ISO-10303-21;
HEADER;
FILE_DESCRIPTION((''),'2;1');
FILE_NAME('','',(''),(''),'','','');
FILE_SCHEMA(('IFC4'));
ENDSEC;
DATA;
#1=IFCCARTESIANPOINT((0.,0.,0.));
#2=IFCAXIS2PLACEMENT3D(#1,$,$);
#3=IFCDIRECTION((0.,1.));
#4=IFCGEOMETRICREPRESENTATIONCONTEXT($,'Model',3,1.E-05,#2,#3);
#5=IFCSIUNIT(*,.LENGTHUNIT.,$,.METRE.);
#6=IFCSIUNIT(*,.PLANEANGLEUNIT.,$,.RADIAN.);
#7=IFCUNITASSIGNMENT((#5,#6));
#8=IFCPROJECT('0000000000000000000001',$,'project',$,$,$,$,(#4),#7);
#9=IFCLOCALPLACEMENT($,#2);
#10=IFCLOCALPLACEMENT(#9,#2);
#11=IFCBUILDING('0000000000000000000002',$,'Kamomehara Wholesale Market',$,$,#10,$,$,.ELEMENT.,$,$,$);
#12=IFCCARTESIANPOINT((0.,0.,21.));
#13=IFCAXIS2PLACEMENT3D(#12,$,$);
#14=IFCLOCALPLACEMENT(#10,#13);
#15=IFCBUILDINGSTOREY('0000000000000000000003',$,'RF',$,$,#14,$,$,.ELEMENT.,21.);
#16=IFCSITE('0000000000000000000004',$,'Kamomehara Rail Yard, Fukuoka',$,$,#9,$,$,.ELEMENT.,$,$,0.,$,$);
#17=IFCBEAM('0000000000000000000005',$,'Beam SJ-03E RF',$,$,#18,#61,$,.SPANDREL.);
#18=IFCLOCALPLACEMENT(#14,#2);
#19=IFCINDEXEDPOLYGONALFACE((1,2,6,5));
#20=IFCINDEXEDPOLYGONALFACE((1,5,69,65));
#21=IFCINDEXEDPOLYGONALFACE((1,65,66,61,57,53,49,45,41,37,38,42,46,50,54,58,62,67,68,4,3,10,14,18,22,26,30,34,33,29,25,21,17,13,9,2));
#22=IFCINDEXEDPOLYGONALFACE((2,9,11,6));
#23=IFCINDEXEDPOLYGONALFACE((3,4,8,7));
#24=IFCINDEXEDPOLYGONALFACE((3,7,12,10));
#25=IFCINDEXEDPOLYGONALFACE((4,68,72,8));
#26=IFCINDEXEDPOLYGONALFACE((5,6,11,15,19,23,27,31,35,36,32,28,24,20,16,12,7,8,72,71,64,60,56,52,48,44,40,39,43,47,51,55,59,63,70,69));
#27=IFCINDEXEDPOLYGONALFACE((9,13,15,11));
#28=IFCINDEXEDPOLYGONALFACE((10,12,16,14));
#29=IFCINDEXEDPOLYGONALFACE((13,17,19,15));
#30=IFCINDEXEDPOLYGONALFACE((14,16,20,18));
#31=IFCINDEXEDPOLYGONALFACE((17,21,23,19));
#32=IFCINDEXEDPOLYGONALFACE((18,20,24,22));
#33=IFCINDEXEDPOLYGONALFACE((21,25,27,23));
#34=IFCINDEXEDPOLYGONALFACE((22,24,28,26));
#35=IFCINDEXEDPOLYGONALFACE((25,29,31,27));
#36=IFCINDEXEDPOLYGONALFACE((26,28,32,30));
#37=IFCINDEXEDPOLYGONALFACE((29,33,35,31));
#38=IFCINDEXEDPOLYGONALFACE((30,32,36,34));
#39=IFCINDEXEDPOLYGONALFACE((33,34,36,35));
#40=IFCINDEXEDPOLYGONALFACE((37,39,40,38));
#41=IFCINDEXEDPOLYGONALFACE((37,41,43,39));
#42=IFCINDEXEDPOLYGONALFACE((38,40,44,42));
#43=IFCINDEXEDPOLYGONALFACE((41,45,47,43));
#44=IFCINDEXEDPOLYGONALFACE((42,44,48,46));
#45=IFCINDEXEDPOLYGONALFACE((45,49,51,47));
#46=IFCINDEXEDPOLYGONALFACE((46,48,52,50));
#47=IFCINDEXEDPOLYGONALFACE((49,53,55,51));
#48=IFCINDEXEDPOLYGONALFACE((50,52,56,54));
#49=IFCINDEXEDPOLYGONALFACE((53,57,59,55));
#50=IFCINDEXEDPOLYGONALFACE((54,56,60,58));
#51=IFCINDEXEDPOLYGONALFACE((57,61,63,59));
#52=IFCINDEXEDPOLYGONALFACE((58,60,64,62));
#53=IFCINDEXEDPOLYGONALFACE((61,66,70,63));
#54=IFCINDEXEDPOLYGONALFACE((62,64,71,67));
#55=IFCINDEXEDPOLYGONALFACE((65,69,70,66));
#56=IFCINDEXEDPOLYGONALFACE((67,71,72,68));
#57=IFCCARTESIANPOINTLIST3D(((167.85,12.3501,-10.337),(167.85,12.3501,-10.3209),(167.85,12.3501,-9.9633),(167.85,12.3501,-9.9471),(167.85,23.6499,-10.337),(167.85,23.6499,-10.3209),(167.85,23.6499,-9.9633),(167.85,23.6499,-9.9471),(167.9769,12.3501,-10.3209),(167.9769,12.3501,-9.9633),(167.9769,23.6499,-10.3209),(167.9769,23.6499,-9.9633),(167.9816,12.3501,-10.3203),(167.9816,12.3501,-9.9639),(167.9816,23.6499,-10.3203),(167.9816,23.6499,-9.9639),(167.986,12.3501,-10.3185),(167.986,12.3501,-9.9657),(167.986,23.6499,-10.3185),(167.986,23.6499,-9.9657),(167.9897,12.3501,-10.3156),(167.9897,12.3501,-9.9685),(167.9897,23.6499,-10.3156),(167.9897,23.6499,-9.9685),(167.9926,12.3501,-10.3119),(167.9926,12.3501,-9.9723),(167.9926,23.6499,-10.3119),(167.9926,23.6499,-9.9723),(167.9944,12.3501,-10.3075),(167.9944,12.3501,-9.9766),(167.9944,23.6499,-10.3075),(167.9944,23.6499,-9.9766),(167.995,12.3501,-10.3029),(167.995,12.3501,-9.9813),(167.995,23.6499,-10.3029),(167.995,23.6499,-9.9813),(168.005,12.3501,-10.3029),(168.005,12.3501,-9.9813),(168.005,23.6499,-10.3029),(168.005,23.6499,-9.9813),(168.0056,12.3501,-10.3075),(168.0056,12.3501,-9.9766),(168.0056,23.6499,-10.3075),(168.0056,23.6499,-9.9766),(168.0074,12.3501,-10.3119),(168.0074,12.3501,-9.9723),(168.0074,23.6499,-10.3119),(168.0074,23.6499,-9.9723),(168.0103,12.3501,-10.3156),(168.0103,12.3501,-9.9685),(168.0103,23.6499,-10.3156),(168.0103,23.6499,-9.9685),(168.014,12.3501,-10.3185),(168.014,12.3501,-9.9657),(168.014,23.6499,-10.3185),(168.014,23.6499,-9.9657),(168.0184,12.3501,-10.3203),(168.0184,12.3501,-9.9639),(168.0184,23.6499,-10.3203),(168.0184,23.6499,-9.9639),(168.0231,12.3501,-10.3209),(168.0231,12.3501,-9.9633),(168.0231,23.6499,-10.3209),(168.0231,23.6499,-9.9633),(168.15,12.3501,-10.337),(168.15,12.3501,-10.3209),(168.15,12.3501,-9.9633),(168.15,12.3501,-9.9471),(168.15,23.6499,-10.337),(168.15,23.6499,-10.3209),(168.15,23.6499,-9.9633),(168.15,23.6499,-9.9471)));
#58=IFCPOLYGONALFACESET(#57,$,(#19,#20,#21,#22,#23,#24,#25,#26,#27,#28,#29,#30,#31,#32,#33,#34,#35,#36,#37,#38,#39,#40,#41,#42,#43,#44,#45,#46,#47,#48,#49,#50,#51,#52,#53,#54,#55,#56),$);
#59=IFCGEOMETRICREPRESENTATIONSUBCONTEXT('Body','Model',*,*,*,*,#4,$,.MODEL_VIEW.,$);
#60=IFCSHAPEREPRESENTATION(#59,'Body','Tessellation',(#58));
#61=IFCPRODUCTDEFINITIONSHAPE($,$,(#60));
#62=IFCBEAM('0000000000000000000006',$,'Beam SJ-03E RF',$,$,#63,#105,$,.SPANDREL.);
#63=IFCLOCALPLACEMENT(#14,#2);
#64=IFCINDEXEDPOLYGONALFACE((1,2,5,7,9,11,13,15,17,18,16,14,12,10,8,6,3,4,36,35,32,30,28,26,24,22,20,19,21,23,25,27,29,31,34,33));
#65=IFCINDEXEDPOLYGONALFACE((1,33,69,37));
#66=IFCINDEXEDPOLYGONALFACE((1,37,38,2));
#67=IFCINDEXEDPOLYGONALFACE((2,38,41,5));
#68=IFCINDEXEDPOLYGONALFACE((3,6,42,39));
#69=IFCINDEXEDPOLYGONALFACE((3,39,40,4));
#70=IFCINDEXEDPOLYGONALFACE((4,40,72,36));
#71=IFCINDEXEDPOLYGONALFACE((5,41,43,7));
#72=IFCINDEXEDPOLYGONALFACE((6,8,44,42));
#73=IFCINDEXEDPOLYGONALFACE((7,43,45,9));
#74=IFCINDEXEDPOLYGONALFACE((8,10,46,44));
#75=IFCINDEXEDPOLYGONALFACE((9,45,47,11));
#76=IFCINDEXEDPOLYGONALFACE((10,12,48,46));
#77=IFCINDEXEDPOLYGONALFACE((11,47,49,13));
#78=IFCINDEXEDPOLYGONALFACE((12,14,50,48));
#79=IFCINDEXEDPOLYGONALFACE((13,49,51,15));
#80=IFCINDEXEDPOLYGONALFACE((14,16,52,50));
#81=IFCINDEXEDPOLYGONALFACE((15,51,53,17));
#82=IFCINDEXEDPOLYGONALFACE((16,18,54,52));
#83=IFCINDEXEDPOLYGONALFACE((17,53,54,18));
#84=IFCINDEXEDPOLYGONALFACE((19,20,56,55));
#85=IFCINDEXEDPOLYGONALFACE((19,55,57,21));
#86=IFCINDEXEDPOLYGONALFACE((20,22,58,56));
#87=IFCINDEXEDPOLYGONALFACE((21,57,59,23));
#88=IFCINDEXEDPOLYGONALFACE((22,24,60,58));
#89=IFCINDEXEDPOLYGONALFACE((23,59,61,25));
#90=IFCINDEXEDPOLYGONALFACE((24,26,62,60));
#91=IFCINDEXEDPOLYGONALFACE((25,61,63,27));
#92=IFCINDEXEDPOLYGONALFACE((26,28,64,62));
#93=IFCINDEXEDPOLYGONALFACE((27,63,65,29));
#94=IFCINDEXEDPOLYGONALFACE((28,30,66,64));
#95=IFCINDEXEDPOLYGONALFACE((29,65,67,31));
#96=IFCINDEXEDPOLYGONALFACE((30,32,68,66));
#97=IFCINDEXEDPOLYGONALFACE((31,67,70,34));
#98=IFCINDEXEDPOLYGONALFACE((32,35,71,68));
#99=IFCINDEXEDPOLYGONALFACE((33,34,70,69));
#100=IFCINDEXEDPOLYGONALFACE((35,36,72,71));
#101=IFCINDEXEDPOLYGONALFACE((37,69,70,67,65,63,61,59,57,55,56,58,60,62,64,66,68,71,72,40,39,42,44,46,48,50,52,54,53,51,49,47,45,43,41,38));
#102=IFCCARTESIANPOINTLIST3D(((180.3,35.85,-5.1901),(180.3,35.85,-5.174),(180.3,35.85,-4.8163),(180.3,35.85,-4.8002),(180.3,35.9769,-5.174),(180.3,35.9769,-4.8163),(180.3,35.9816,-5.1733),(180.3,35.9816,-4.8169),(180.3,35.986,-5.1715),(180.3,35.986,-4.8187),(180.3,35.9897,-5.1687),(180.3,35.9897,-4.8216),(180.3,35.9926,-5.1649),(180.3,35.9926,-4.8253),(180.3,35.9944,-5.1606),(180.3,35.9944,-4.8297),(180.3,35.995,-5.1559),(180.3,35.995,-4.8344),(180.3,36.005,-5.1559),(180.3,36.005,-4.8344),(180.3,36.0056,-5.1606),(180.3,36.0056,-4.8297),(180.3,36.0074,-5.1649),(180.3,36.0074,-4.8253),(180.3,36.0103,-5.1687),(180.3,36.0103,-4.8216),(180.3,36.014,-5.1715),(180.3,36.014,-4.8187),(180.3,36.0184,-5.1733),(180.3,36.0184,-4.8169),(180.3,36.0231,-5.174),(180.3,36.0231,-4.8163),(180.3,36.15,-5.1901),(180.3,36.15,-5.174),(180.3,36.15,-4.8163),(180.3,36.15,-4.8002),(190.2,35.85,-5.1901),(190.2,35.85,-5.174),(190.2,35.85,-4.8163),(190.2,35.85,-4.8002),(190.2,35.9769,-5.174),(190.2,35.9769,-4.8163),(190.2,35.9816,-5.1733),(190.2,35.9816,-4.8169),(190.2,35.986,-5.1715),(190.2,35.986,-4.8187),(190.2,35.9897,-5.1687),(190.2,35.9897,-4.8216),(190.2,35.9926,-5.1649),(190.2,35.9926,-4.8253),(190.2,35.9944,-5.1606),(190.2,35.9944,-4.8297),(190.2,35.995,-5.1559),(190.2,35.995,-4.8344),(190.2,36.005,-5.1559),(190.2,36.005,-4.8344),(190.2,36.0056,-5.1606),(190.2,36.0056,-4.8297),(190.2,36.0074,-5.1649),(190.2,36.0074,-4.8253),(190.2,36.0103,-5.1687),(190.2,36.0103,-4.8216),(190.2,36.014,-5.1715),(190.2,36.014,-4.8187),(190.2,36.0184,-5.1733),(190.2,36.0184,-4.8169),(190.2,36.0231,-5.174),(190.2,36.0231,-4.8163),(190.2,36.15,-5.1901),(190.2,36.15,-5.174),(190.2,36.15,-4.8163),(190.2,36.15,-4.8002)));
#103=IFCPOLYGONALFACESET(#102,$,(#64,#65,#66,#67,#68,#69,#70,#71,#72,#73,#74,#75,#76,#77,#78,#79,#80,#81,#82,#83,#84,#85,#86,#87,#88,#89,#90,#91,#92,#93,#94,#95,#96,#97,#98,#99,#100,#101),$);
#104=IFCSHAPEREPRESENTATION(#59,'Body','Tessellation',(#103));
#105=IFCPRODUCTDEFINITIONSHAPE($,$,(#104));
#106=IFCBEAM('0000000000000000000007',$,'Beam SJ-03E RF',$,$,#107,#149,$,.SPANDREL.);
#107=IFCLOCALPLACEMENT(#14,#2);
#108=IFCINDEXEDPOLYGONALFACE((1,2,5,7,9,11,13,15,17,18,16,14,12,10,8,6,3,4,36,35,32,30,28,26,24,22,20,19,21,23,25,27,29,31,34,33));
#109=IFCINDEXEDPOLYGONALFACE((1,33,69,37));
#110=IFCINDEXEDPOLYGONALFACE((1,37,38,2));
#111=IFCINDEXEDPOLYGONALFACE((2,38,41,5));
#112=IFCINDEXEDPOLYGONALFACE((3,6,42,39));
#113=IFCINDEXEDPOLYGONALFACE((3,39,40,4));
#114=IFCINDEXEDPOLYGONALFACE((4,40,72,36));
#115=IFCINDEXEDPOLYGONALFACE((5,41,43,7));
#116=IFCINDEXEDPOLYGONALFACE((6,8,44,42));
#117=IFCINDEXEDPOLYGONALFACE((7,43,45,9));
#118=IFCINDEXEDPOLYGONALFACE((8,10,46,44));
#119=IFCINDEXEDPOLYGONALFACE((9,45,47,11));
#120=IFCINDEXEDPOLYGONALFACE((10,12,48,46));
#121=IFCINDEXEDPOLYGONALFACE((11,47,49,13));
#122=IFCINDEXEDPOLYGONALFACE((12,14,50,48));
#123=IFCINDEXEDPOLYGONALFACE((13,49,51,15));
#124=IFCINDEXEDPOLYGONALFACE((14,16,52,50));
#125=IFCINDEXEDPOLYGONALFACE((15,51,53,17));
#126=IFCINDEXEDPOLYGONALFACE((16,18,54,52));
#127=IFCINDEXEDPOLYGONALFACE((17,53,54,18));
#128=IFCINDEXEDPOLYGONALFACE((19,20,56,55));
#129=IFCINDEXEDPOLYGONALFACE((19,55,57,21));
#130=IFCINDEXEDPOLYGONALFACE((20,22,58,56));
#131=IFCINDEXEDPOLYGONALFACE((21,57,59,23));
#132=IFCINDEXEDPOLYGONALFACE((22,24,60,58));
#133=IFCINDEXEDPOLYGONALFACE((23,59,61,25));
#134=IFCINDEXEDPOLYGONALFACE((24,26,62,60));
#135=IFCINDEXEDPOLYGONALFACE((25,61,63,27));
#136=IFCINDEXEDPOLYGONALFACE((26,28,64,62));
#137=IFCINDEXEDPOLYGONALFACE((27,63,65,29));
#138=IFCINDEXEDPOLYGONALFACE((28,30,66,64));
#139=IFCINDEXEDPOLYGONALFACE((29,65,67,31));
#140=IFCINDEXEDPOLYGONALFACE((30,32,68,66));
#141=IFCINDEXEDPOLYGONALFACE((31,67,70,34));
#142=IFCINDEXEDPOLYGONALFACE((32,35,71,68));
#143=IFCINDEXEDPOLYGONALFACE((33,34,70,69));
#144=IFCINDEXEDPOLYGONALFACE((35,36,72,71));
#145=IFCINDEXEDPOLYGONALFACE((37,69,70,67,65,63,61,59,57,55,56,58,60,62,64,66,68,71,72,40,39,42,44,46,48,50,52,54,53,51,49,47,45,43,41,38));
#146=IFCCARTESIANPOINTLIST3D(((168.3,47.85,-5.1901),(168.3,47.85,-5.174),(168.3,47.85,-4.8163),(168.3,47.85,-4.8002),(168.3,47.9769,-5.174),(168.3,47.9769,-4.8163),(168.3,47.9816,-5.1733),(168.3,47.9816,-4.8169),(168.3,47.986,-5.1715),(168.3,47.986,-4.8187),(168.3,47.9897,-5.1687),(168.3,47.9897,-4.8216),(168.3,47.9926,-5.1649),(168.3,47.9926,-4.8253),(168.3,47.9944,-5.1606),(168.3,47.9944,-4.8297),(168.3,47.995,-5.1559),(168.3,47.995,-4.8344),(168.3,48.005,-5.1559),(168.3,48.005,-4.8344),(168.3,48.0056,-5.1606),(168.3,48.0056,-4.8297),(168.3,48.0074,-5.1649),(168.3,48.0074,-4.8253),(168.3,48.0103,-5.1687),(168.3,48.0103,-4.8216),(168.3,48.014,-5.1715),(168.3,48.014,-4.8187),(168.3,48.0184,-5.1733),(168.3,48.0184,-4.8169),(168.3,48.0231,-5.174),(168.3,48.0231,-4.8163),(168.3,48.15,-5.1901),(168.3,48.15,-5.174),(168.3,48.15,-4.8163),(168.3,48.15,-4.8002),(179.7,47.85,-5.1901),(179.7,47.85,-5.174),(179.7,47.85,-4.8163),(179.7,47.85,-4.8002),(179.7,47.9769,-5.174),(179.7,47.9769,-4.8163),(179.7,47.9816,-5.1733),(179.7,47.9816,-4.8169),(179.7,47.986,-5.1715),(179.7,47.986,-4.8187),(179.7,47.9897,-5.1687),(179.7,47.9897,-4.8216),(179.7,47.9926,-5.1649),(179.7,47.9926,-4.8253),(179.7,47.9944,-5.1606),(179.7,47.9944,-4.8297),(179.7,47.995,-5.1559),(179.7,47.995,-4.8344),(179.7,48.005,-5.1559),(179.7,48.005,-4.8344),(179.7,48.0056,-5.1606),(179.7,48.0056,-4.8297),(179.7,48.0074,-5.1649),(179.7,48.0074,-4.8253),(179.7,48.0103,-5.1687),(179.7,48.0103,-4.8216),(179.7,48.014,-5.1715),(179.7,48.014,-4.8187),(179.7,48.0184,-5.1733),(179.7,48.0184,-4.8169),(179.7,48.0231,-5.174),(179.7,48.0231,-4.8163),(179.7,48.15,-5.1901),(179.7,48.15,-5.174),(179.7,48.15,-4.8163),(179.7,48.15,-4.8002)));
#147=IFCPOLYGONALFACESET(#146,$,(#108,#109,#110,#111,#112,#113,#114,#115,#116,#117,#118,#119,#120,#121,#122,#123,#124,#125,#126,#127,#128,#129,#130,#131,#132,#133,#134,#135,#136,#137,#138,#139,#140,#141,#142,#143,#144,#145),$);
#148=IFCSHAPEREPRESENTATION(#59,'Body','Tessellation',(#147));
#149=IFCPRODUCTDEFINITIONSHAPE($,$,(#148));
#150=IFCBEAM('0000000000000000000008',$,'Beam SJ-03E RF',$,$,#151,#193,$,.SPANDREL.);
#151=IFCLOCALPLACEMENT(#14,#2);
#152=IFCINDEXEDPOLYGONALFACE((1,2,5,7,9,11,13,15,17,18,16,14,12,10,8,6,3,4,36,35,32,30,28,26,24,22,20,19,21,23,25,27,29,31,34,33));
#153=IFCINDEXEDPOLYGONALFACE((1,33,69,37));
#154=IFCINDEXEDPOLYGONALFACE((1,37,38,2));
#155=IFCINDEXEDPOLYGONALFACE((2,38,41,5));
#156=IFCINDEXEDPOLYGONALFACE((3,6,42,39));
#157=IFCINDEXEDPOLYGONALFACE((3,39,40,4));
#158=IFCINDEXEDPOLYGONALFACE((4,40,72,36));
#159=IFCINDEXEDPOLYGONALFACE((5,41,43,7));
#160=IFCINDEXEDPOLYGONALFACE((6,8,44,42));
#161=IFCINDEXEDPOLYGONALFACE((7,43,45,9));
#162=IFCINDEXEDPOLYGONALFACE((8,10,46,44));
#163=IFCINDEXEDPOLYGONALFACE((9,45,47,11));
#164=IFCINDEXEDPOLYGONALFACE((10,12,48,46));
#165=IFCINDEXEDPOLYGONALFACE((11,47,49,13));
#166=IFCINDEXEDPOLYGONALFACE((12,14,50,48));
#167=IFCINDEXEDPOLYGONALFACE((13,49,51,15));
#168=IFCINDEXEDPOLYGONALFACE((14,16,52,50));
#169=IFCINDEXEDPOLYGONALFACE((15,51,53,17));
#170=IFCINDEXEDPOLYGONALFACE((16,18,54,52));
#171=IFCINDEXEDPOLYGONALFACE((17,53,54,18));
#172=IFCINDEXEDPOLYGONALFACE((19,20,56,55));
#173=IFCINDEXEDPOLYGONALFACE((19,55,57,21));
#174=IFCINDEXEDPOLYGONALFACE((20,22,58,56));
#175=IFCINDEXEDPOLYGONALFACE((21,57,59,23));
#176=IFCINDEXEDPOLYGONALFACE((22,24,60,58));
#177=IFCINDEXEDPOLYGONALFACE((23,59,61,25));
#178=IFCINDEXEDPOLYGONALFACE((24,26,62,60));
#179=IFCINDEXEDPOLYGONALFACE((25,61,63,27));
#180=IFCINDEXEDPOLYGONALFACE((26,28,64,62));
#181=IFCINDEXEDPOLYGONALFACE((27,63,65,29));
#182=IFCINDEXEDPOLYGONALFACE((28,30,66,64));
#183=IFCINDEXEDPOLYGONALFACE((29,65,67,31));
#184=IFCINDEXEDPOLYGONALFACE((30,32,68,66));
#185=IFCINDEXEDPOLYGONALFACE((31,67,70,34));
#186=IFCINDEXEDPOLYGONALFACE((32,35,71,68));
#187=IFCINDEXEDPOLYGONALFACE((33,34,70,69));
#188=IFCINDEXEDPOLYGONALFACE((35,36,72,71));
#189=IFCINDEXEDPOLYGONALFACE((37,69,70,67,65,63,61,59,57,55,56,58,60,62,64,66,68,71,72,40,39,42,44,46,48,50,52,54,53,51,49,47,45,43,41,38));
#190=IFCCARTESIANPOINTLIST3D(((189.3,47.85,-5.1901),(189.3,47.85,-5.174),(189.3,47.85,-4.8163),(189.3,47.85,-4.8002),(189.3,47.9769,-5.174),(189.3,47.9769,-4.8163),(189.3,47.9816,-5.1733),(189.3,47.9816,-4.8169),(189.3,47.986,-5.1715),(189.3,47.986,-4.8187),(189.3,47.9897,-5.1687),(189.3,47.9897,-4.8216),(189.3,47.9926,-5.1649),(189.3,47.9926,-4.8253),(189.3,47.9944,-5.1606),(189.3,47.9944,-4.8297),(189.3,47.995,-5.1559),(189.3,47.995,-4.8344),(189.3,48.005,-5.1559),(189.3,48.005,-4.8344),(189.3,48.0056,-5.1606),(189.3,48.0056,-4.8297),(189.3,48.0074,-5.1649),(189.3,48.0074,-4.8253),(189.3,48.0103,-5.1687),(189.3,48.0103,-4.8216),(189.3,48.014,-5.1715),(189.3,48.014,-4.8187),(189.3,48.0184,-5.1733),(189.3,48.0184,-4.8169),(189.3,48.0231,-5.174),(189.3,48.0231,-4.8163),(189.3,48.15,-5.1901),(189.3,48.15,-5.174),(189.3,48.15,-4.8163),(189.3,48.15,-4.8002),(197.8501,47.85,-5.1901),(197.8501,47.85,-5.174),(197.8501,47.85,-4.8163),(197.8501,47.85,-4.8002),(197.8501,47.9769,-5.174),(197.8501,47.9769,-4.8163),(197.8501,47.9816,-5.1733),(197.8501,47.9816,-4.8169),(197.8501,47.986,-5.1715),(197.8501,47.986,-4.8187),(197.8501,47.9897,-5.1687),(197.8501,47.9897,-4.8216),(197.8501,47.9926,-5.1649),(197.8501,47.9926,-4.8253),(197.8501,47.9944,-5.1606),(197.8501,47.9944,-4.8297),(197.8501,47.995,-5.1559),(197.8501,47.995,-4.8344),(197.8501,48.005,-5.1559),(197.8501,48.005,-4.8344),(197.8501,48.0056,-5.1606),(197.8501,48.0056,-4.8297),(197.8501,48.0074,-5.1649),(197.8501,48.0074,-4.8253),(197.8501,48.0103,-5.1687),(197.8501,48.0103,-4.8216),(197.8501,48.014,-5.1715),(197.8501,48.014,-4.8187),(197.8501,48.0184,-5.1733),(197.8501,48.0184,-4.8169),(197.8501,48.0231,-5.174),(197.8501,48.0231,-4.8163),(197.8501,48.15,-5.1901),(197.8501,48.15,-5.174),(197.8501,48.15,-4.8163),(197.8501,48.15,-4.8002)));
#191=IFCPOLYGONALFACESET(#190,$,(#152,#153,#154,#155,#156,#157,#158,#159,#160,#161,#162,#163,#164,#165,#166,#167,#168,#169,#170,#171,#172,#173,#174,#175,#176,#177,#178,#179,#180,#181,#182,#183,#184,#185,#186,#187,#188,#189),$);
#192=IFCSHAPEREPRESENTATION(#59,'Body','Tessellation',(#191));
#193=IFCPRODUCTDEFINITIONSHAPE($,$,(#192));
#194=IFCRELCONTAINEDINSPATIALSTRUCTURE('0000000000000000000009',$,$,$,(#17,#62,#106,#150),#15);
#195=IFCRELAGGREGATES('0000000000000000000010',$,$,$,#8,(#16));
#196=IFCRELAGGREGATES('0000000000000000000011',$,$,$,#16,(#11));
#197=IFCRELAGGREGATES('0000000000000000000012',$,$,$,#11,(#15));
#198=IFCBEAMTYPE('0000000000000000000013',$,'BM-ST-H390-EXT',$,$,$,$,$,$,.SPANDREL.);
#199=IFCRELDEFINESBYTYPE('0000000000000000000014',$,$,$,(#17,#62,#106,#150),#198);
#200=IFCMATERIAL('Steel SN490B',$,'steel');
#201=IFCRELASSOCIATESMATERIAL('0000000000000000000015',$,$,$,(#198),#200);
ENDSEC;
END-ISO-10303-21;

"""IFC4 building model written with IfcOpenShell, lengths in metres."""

from ifc_helpers import new_model, si_unit, direction, frame, origin, origin_2d, place, context, subcontext, project, spatial, i_section, extrude, material, material_profile, profile_set, type_object, element, save


model = new_model("IFC4")

# Units and contexts
model_context = context("Model", 3, precision=1e-05, world=origin(), true_north=direction((0.0, 1.0)))
body_context = subcontext(model_context, "Body", "Model", "MODEL_VIEW")
ifc_project = project(units=[si_unit("LENGTHUNIT", "METRE"), si_unit("PLANEANGLEUNIT", "RADIAN")], contexts=[model_context])

# Site, building, storey
site_placement = place(None, origin())
site = spatial("IfcSite", under=ifc_project, at=site_placement, Name="Kamomehara Rail Yard, Fukuoka", CompositionType="ELEMENT", RefElevation=0.0)
building_placement = place(site_placement, origin())
building = spatial("IfcBuilding", under=site, at=building_placement, Name="Kamomehara Wholesale Market", CompositionType="ELEMENT")
storey_placement = place(building_placement, frame((0.0, 0.0, 21.0)))
storey = spatial("IfcBuildingStorey", under=building, at=storey_placement, Name="RF", CompositionType="ELEMENT", Elevation=21.0)

# Beams
ifc_material_1 = material(Name="Steel SN490B", Category="steel")
ifc_material_profile_1 = material_profile(ifc_material_1, i_section(OverallWidth=0.3, OverallDepth=0.3899, WebThickness=0.01, FlangeThickness=0.0161, FilletRadius=0.0181, at=origin_2d()), Name="H-390x300x10x16")
ifc_profile_set_1 = profile_set([ifc_material_profile_1], Name="Steel SN490B")
beam_type_1 = type_object("IfcBeamType", Name="BM-ST-H390-EXT", PredefinedType="SPANDREL", material=ifc_profile_set_1)
beam_1_placement = place(storey_placement, frame((168.0, 12.3501, -10.1421), z_axis=(0.0, 1.0, 0.0), x_axis=(-1.0, 0.0, 0.0)))
element("IfcBeam", 1, at=beam_1_placement, inside=storey, type_object=beam_type_1, Name="Beam SJ-03E RF", PredefinedType="SPANDREL", context=body_context, shape_type="SweptSolid", body=[
    extrude(i_section(OverallWidth=0.3, OverallDepth=0.3899, WebThickness=0.01, FlangeThickness=0.0161, FilletRadius=0.0181, at=origin_2d()), origin(), (0.0, 0.0, 1.0), 11.2998),
])
beam_2_placement = place(storey_placement, frame((180.3, 36.0, -4.9951), z_axis=(1.0, 0.0, 0.0), x_axis=(0.0, 1.0, 0.0)))
element("IfcBeam", 2, at=beam_2_placement, inside=storey, type_object=beam_type_1, Name="Beam SJ-03E RF", PredefinedType="SPANDREL", context=body_context, shape_type="SweptSolid", body=[
    extrude(i_section(OverallWidth=0.3, OverallDepth=0.3899, WebThickness=0.01, FlangeThickness=0.0161, FilletRadius=0.0181, at=origin_2d()), origin(), (0.0, 0.0, 1.0), 9.8999),
])
beam_3_placement = place(storey_placement, frame((168.3, 48.0, -4.9951), z_axis=(1.0, 0.0, 0.0), x_axis=(0.0, 1.0, 0.0)))
element("IfcBeam", 3, at=beam_3_placement, inside=storey, type_object=beam_type_1, Name="Beam SJ-03E RF", PredefinedType="SPANDREL", context=body_context, shape_type="SweptSolid", body=[
    extrude(i_section(OverallWidth=0.3, OverallDepth=0.3899, WebThickness=0.01, FlangeThickness=0.0161, FilletRadius=0.0181, at=origin_2d()), origin(), (0.0, 0.0, 1.0), 11.3999),
])
beam_4_placement = place(storey_placement, frame((189.3, 48.0, -4.9951), z_axis=(1.0, 0.0, 0.0), x_axis=(0.0, 1.0, 0.0)))
element("IfcBeam", 4, at=beam_4_placement, inside=storey, type_object=beam_type_1, Name="Beam SJ-03E RF", PredefinedType="SPANDREL", context=body_context, shape_type="SweptSolid", body=[
    extrude(i_section(OverallWidth=0.3, OverallDepth=0.3899, WebThickness=0.01, FlangeThickness=0.0161, FilletRadius=0.0181, at=origin_2d()), origin(), (0.0, 0.0, 1.0), 8.55),
])

save(model, "model.ifc")
